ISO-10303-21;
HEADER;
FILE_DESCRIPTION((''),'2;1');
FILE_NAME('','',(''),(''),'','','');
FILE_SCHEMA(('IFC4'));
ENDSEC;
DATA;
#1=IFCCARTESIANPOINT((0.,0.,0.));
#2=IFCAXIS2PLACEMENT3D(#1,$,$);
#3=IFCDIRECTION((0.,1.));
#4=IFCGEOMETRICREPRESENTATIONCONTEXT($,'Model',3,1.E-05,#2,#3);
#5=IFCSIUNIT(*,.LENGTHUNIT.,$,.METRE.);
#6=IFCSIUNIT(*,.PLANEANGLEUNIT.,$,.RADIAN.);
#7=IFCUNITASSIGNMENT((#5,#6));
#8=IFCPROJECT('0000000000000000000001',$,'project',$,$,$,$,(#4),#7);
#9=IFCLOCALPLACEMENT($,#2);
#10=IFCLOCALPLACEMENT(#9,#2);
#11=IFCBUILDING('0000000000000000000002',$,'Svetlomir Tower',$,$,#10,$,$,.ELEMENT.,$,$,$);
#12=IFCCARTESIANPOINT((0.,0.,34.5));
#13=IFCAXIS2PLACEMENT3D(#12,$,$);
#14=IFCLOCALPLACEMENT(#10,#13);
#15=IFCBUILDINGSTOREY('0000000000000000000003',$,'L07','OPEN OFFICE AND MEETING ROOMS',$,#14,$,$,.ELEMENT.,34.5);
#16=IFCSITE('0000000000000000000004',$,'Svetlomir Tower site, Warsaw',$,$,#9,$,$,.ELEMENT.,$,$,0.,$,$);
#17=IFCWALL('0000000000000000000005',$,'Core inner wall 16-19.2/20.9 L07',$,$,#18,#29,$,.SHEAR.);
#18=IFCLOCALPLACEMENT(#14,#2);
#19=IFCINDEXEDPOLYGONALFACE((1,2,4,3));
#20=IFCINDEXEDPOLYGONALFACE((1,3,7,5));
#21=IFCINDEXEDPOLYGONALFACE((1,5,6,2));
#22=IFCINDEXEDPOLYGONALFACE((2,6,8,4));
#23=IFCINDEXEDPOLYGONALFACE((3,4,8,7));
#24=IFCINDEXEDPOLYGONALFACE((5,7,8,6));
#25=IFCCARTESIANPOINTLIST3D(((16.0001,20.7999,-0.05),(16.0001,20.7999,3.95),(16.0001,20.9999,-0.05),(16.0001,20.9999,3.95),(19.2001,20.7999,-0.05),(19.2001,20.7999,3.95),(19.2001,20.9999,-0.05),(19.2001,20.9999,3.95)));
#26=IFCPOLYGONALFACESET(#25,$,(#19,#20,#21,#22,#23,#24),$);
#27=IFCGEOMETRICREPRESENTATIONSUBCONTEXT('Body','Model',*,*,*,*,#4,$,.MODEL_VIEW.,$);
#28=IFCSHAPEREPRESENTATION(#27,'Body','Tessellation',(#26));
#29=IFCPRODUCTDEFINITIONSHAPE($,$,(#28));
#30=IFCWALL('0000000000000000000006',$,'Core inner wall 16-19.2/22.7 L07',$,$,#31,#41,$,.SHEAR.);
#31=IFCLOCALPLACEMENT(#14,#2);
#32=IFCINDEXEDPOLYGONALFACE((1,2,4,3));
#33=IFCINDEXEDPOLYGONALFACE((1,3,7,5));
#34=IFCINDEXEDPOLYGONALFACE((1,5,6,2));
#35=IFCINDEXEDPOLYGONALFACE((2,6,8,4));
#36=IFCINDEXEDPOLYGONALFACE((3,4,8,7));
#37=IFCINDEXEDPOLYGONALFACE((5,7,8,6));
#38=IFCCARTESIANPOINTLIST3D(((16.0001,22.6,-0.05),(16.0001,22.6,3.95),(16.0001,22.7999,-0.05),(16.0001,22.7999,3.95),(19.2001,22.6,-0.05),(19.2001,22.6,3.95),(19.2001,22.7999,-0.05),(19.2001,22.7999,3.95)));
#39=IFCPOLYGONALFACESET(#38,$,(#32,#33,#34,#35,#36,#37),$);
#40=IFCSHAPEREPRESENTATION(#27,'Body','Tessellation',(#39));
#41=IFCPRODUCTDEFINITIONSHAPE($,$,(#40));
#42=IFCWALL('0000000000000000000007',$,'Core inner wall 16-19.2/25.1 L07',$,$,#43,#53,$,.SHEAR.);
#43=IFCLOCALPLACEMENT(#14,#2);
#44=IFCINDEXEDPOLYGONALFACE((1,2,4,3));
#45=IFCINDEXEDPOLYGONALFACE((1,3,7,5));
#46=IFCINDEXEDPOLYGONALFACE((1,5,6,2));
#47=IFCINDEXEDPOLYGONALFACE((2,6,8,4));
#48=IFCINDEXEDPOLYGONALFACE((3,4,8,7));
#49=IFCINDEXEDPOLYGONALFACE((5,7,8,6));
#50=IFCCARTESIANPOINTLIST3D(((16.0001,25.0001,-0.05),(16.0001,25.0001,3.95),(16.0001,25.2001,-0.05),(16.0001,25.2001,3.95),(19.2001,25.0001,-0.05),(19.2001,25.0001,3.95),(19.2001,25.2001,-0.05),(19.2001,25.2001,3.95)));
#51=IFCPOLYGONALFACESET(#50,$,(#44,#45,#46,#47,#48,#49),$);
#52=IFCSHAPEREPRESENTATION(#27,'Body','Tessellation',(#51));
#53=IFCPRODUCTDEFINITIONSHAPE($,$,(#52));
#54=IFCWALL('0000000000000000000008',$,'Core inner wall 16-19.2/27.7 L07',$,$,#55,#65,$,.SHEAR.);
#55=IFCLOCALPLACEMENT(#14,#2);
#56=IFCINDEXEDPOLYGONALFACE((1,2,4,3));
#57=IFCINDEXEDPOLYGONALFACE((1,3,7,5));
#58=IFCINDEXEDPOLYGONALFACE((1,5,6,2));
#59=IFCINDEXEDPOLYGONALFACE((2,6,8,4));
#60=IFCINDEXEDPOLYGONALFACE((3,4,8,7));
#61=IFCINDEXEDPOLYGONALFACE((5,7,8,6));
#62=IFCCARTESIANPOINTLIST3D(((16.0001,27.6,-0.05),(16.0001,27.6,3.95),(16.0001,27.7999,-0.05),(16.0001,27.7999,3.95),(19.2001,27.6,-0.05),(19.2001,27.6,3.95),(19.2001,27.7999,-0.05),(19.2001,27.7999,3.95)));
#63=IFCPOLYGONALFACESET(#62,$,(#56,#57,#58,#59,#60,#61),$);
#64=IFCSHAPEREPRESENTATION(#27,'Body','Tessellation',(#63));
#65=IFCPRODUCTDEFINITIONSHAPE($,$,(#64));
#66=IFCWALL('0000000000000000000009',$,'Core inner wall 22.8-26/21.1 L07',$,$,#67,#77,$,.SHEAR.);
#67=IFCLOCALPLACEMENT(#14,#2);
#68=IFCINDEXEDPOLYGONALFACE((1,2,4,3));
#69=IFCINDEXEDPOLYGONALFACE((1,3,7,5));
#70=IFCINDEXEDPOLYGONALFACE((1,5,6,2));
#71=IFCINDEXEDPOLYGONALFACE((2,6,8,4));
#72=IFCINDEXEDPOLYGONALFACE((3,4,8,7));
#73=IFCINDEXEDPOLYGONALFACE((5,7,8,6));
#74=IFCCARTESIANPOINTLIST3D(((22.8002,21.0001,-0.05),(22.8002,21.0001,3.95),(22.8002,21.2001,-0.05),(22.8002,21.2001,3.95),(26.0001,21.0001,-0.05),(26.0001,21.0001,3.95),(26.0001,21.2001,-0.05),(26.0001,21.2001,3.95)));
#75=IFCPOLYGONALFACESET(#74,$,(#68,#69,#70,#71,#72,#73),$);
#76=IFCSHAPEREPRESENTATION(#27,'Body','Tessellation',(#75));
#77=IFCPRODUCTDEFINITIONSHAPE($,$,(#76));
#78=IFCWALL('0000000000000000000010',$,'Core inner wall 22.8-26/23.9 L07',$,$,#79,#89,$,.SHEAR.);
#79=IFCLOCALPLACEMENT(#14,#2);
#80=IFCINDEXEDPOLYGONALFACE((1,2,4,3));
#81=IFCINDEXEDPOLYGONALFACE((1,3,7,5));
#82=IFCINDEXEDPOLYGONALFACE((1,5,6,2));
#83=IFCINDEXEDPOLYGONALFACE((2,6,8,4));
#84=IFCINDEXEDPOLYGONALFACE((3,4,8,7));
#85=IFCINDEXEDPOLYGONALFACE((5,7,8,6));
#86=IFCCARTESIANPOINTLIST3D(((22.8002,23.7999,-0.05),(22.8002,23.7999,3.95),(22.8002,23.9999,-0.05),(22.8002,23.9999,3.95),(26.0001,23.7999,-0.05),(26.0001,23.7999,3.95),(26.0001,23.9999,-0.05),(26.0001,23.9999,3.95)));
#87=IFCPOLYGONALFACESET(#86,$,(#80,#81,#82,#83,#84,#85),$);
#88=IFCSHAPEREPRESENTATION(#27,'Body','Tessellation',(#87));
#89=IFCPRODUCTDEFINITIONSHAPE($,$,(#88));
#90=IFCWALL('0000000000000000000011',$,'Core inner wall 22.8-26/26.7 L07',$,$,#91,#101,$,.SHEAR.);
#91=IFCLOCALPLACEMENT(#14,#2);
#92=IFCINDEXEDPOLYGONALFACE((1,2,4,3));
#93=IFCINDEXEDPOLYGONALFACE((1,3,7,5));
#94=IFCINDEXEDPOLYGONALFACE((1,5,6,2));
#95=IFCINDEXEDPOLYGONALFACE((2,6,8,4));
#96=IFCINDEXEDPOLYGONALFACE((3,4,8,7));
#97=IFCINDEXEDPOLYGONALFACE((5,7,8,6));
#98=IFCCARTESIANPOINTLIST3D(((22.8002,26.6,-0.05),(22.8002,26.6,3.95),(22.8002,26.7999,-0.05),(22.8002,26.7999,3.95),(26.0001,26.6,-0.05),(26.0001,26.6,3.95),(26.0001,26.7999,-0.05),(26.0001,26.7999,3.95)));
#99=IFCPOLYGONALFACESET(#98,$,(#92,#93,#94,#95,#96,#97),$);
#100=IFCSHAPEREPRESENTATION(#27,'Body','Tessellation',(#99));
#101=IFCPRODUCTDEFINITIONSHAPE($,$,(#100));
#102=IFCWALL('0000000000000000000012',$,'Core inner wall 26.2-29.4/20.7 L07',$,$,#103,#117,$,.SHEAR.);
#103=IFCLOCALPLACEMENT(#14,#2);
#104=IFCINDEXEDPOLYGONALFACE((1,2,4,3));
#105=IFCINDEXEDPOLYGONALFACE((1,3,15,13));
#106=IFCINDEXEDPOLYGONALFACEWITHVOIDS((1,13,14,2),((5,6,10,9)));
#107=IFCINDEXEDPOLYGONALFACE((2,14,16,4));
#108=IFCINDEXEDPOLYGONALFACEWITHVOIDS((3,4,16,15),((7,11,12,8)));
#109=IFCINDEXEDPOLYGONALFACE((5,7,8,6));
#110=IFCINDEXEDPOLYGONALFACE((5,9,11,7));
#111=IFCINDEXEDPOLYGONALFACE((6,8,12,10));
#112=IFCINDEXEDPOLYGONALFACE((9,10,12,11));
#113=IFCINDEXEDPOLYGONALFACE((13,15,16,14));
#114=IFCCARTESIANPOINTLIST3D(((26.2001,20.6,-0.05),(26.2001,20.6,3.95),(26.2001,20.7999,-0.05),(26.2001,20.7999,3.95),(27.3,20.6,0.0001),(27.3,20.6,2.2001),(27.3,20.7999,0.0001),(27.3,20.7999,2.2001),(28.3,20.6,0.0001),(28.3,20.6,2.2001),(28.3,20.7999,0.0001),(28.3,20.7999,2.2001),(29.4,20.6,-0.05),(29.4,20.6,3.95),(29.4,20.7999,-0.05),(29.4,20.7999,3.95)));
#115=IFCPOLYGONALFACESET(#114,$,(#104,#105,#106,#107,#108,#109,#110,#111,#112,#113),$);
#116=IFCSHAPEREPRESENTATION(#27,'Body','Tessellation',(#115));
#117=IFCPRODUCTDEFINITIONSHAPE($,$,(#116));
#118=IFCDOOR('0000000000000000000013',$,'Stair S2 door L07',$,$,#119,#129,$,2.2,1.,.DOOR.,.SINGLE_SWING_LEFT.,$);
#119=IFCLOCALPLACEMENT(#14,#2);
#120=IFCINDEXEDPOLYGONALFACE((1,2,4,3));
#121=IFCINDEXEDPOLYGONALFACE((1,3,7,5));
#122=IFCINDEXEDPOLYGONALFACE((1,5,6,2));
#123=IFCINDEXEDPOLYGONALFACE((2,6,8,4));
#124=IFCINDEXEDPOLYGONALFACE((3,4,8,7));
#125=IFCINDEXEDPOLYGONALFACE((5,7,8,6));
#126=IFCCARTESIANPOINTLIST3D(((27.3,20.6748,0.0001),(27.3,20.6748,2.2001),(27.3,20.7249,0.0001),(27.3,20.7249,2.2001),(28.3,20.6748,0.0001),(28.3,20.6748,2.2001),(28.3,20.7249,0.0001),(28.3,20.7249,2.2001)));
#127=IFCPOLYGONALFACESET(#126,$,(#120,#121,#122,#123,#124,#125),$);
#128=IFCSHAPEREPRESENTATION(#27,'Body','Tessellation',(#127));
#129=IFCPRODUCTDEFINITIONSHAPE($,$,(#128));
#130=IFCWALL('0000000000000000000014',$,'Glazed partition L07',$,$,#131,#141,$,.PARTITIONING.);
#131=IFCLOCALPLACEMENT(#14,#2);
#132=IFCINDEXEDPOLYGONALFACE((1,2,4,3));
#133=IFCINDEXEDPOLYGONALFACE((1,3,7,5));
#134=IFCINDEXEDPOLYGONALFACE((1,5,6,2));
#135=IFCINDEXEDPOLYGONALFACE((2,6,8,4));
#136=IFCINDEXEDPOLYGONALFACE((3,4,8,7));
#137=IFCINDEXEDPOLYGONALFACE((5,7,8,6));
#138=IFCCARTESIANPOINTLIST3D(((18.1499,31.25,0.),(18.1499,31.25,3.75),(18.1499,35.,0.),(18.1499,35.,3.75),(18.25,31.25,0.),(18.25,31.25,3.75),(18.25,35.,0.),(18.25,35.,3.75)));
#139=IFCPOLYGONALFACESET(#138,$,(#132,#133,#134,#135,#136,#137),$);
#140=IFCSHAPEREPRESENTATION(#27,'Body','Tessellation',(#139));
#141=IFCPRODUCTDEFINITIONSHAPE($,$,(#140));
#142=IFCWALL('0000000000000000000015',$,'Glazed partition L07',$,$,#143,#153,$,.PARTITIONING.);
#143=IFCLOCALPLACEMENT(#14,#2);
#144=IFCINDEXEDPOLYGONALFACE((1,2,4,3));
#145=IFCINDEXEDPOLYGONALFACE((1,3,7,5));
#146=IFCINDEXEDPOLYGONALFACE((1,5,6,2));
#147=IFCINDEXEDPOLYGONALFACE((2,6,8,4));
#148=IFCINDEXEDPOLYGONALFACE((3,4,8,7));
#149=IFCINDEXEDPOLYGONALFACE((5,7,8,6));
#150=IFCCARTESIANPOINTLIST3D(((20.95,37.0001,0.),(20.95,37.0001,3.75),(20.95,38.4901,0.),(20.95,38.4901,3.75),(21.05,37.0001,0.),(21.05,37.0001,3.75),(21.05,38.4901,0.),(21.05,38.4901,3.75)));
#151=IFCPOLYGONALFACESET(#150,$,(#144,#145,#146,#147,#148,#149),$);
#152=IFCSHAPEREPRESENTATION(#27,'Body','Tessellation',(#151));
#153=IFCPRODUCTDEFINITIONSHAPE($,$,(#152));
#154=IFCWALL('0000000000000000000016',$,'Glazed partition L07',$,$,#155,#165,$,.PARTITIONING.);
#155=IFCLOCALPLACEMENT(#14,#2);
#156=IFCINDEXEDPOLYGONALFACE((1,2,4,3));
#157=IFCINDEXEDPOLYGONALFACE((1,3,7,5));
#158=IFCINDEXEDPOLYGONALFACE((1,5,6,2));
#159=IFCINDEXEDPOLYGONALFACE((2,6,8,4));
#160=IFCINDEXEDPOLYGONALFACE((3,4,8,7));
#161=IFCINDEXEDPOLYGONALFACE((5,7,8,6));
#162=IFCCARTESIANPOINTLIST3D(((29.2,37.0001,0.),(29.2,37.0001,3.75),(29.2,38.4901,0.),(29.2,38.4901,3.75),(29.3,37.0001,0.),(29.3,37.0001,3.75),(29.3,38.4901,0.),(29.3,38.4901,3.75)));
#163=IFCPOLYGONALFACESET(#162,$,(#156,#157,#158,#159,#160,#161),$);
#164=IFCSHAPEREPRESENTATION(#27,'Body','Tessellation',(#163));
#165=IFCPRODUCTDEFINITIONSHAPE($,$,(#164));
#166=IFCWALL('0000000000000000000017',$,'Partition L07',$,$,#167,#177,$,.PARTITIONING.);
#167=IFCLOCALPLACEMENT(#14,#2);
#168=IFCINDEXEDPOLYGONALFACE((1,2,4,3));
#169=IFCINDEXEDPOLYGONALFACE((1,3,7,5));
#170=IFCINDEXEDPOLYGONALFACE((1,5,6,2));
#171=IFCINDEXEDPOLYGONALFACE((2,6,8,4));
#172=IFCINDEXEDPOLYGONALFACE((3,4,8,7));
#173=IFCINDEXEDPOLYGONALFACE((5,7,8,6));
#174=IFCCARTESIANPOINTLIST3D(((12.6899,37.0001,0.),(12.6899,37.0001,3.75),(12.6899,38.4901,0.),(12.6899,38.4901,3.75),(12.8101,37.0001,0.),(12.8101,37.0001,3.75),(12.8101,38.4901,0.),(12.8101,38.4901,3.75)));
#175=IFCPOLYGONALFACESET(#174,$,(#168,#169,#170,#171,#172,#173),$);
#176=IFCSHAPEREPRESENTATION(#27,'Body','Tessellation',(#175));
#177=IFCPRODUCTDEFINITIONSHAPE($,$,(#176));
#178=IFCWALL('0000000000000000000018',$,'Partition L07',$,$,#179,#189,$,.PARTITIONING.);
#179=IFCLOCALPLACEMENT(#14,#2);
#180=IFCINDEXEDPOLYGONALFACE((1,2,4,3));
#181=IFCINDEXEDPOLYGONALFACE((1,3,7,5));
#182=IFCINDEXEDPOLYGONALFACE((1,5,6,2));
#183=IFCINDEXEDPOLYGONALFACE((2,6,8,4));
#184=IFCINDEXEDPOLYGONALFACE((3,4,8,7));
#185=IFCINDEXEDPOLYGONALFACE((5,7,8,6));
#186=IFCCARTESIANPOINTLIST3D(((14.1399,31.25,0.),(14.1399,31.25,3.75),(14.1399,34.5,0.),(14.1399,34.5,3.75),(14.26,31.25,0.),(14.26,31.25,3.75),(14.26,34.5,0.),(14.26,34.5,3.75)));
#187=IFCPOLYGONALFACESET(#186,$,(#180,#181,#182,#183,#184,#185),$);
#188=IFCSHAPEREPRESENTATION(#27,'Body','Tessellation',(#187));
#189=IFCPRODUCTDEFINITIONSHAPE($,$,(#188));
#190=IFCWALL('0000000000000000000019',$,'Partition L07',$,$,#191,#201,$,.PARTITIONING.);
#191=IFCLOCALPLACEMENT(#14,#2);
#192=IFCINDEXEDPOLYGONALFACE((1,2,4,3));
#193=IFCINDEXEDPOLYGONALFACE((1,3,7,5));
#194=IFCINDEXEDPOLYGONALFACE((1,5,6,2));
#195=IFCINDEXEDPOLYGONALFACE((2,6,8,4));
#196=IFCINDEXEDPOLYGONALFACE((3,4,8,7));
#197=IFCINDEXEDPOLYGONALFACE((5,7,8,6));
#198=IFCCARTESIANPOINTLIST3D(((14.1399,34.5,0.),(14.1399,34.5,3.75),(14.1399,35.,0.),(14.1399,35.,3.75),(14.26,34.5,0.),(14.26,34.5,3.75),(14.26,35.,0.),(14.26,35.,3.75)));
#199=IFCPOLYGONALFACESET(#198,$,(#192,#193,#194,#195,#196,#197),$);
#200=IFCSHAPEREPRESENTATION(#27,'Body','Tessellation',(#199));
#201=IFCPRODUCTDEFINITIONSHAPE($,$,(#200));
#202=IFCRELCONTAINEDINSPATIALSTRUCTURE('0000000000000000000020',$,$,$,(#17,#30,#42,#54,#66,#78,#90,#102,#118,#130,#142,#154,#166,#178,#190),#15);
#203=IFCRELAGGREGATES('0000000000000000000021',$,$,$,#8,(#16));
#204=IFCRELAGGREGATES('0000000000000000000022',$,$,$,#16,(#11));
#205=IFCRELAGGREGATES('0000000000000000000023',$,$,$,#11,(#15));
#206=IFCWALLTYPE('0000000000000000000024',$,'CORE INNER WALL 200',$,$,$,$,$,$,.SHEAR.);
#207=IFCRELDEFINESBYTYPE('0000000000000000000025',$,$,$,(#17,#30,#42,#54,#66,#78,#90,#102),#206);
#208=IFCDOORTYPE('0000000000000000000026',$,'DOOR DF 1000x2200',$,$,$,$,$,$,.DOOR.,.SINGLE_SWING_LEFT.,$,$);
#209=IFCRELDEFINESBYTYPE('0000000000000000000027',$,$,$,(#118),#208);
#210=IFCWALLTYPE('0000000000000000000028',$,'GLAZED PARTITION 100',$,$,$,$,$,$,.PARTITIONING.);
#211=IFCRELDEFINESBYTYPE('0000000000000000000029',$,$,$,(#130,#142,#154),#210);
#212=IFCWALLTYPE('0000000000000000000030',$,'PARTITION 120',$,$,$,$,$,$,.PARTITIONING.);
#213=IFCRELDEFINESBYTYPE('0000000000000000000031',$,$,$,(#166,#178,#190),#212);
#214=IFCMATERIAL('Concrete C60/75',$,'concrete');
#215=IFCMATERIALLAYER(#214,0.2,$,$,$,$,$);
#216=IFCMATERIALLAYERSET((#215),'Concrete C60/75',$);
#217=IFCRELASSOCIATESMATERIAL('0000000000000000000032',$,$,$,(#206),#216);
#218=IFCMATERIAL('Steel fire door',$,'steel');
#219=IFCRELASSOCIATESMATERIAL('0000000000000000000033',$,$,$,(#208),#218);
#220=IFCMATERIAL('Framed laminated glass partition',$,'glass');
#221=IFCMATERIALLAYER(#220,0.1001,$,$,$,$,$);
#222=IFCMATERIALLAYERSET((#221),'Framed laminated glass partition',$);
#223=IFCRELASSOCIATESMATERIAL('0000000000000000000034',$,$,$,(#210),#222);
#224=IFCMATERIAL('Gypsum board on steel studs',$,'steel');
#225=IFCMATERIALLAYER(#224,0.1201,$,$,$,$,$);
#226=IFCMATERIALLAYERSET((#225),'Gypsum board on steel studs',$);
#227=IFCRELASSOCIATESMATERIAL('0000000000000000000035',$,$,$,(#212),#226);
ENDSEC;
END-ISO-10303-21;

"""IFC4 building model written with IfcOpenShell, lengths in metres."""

from ifc_helpers import new_model, si_unit, direction, frame, frame_2d, origin, place, context, subcontext, project, spatial, rectangle, extrude, material, layer, layer_set, type_object, element, fill, save


model = new_model("IFC4")

# Units and contexts
model_context = context("Model", 3, precision=1e-05, world=origin(), true_north=direction((0.0, 1.0)))
body_context = subcontext(model_context, "Body", "Model", "MODEL_VIEW")
ifc_project = project(units=[si_unit("LENGTHUNIT", "METRE"), si_unit("PLANEANGLEUNIT", "RADIAN")], contexts=[model_context])

# Site, building, storey
site_placement = place(None, origin())
site = spatial("IfcSite", under=ifc_project, at=site_placement, Name="Svetlomir Tower site, Warsaw", CompositionType="ELEMENT", RefElevation=0.0)
building_placement = place(site_placement, origin())
building = spatial("IfcBuilding", under=site, at=building_placement, Name="Svetlomir Tower", CompositionType="ELEMENT")
storey_placement = place(building_placement, frame((0.0, 0.0, 34.5)))
storey = spatial("IfcBuildingStorey", under=building, at=storey_placement, Name="L07", Description="OPEN OFFICE AND MEETING ROOMS", CompositionType="ELEMENT", Elevation=34.5)

# Walls
ifc_material_1 = material(Name="Concrete C60/75", Category="concrete")
ifc_layer_1 = layer(ifc_material_1, 0.2)
ifc_layer_set_1 = layer_set([ifc_layer_1], Name="Concrete C60/75")
wall_type_1 = type_object("IfcWallType", Name="CORE INNER WALL 200", PredefinedType="SHEAR", material=ifc_layer_set_1)
for number, where, z_axis, x_axis, name in (
    (1, (16.0, 20.8999, -0.05), (0.0, 0.0, 1.0), (1.0, 0.0, 0.0), "Core inner wall 16-19.2/20.9 L07"),
    (2, (16.0, 22.7, -0.05), (0.0, 0.0, 1.0), (1.0, 0.0, 0.0), "Core inner wall 16-19.2/22.7 L07"),
    (3, (16.0, 25.1001, -0.05), (0.0, 0.0, 1.0), (1.0, 0.0, 0.0), "Core inner wall 16-19.2/25.1 L07"),
    (4, (16.0, 27.7, -0.05), (0.0, 0.0, 1.0), (1.0, 0.0, 0.0), "Core inner wall 16-19.2/27.7 L07"),
    (5, (22.8, 21.1001, -0.05), (0.0, 0.0, 1.0), (1.0, 0.0, 0.0), "Core inner wall 22.8-26/21.1 L07"),
    (6, (22.8, 23.8999, -0.05), (0.0, 0.0, 1.0), (1.0, 0.0, 0.0), "Core inner wall 22.8-26/23.9 L07"),
    (7, (22.8, 26.7, -0.05), (0.0, 0.0, 1.0), (1.0, 0.0, 0.0), "Core inner wall 22.8-26/26.7 L07"),
):
    element("IfcWall", number, at=place(storey_placement, frame(where, z_axis=z_axis, x_axis=x_axis)), inside=storey, type_object=wall_type_1, Name=name, PredefinedType="SHEAR", context=body_context, shape_type="SweptSolid", body=[
        extrude(rectangle(XDim=3.2, YDim=0.2, at=frame_2d((1.6001, 0.0))), origin(), (0.0, 0.0, 1.0), 4.0),
    ])

# Wall, opening, door
wall_1_placement = place(storey_placement, frame((26.2, 20.7, -0.05), z_axis=(0.0, 0.0, 1.0), x_axis=(1.0, 0.0, 0.0)))
wall_1 = element("IfcWall", 8, at=wall_1_placement, inside=storey, type_object=wall_type_1, Name="Core inner wall 26.2-29.4/20.7 L07", PredefinedType="SHEAR", context=body_context, shape_type="SweptSolid", body=[
    extrude(rectangle(XDim=3.2, YDim=0.2, at=frame_2d((1.6001, 0.0))), origin(), (0.0, 0.0, 1.0), 4.0),
])
opening_1_placement = place(wall_1_placement, frame((1.1001, 0.0, 0.05)))
opening_1 = element("IfcOpeningElement", 9, at=opening_1_placement, cuts=wall_1, PredefinedType="OPENING", context=body_context, shape_type="SweptSolid", body=[
    extrude(rectangle(XDim=1.0, YDim=2.2, at=frame_2d((0.5, 1.1001))), frame((0.0, 0.1099, 0.0), z_axis=(0.0, -1.0, 0.0), x_axis=(1.0, 0.0, 0.0)), (0.0, 0.0, 1.0), 0.22),
])
ifc_material_2 = material(Name="Steel fire door", Category="steel")
door_type_1 = type_object("IfcDoorType", Name="DOOR DF 1000x2200", OperationType="SINGLE_SWING_LEFT", PredefinedType="DOOR", material=ifc_material_2)
door_1_placement = place(opening_1_placement, origin())
door_1 = element("IfcDoor", 10, at=door_1_placement, inside=storey, type_object=door_type_1, Name="Stair S2 door L07", OperationType="SINGLE_SWING_LEFT", OverallHeight=2.2, OverallWidth=1.0, PredefinedType="DOOR", context=body_context, shape_type="SweptSolid", body=[
    extrude(rectangle(XDim=1.0, YDim=2.2, at=frame_2d((0.5, 1.1001))), frame((0.0, 0.0249, 0.0), z_axis=(0.0, -1.0, 0.0), x_axis=(1.0, 0.0, 0.0)), (0.0, 0.0, 1.0), 0.05),
])
fill(opening_1, door_1)

# Walls
ifc_material_3 = material(Name="Framed laminated glass partition", Category="glass")
ifc_layer_2 = layer(ifc_material_3, 0.1001)
ifc_layer_set_2 = layer_set([ifc_layer_2], Name="Framed laminated glass partition")
wall_type_2 = type_object("IfcWallType", Name="GLAZED PARTITION 100", PredefinedType="PARTITIONING", material=ifc_layer_set_2)
wall_2_placement = place(storey_placement, frame((18.2, 31.25, 0.0), z_axis=(0.0, 0.0, 1.0), x_axis=(0.0, 1.0, 0.0)))
element("IfcWall", 11, at=wall_2_placement, inside=storey, type_object=wall_type_2, Name="Glazed partition L07", PredefinedType="PARTITIONING", context=body_context, shape_type="SweptSolid", body=[
    extrude(rectangle(XDim=3.75, YDim=0.1001, at=frame_2d((1.875, 0.0))), origin(), (0.0, 0.0, 1.0), 3.75),
])
for number, where, z_axis, x_axis, name in (
    (12, (21.0, 37.0, 0.0), (0.0, 0.0, 1.0), (0.0, 1.0, 0.0), "Glazed partition L07"),
    (13, (29.25, 37.0, 0.0), (0.0, 0.0, 1.0), (0.0, 1.0, 0.0), "Glazed partition L07"),
):
    element("IfcWall", number, at=place(storey_placement, frame(where, z_axis=z_axis, x_axis=x_axis)), inside=storey, type_object=wall_type_2, Name=name, PredefinedType="PARTITIONING", context=body_context, shape_type="SweptSolid", body=[
        extrude(rectangle(XDim=1.49, YDim=0.1001, at=frame_2d((0.7451, 0.0))), origin(), (0.0, 0.0, 1.0), 3.75),
    ])
ifc_material_4 = material(Name="Gypsum board on steel studs", Category="steel")
ifc_layer_3 = layer(ifc_material_4, 0.1201)
ifc_layer_set_3 = layer_set([ifc_layer_3], Name="Gypsum board on steel studs")
wall_type_3 = type_object("IfcWallType", Name="PARTITION 120", PredefinedType="PARTITIONING", material=ifc_layer_set_3)
wall_3_placement = place(storey_placement, frame((12.75, 37.0, 0.0), z_axis=(0.0, 0.0, 1.0), x_axis=(0.0, 1.0, 0.0)))
element("IfcWall", 14, at=wall_3_placement, inside=storey, type_object=wall_type_3, Name="Partition L07", PredefinedType="PARTITIONING", context=body_context, shape_type="SweptSolid", body=[
    extrude(rectangle(XDim=1.49, YDim=0.1201, at=frame_2d((0.7451, 0.0))), origin(), (0.0, 0.0, 1.0), 3.75),
])
wall_4_placement = place(storey_placement, frame((14.2, 31.25, 0.0), z_axis=(0.0, 0.0, 1.0), x_axis=(0.0, 1.0, 0.0)))
element("IfcWall", 15, at=wall_4_placement, inside=storey, type_object=wall_type_3, Name="Partition L07", PredefinedType="PARTITIONING", context=body_context, shape_type="SweptSolid", body=[
    extrude(rectangle(XDim=3.25, YDim=0.1201, at=frame_2d((1.625, 0.0))), origin(), (0.0, 0.0, 1.0), 3.75),
])
wall_5_placement = place(storey_placement, frame((14.2, 34.5, 0.0), z_axis=(0.0, 0.0, 1.0), x_axis=(0.0, 1.0, 0.0)))
element("IfcWall", 16, at=wall_5_placement, inside=storey, type_object=wall_type_3, Name="Partition L07", PredefinedType="PARTITIONING", context=body_context, shape_type="SweptSolid", body=[
    extrude(rectangle(XDim=0.5, YDim=0.1201, at=frame_2d((0.25, 0.0))), origin(), (0.0, 0.0, 1.0), 3.75),
])

save(model, "model.ifc")
